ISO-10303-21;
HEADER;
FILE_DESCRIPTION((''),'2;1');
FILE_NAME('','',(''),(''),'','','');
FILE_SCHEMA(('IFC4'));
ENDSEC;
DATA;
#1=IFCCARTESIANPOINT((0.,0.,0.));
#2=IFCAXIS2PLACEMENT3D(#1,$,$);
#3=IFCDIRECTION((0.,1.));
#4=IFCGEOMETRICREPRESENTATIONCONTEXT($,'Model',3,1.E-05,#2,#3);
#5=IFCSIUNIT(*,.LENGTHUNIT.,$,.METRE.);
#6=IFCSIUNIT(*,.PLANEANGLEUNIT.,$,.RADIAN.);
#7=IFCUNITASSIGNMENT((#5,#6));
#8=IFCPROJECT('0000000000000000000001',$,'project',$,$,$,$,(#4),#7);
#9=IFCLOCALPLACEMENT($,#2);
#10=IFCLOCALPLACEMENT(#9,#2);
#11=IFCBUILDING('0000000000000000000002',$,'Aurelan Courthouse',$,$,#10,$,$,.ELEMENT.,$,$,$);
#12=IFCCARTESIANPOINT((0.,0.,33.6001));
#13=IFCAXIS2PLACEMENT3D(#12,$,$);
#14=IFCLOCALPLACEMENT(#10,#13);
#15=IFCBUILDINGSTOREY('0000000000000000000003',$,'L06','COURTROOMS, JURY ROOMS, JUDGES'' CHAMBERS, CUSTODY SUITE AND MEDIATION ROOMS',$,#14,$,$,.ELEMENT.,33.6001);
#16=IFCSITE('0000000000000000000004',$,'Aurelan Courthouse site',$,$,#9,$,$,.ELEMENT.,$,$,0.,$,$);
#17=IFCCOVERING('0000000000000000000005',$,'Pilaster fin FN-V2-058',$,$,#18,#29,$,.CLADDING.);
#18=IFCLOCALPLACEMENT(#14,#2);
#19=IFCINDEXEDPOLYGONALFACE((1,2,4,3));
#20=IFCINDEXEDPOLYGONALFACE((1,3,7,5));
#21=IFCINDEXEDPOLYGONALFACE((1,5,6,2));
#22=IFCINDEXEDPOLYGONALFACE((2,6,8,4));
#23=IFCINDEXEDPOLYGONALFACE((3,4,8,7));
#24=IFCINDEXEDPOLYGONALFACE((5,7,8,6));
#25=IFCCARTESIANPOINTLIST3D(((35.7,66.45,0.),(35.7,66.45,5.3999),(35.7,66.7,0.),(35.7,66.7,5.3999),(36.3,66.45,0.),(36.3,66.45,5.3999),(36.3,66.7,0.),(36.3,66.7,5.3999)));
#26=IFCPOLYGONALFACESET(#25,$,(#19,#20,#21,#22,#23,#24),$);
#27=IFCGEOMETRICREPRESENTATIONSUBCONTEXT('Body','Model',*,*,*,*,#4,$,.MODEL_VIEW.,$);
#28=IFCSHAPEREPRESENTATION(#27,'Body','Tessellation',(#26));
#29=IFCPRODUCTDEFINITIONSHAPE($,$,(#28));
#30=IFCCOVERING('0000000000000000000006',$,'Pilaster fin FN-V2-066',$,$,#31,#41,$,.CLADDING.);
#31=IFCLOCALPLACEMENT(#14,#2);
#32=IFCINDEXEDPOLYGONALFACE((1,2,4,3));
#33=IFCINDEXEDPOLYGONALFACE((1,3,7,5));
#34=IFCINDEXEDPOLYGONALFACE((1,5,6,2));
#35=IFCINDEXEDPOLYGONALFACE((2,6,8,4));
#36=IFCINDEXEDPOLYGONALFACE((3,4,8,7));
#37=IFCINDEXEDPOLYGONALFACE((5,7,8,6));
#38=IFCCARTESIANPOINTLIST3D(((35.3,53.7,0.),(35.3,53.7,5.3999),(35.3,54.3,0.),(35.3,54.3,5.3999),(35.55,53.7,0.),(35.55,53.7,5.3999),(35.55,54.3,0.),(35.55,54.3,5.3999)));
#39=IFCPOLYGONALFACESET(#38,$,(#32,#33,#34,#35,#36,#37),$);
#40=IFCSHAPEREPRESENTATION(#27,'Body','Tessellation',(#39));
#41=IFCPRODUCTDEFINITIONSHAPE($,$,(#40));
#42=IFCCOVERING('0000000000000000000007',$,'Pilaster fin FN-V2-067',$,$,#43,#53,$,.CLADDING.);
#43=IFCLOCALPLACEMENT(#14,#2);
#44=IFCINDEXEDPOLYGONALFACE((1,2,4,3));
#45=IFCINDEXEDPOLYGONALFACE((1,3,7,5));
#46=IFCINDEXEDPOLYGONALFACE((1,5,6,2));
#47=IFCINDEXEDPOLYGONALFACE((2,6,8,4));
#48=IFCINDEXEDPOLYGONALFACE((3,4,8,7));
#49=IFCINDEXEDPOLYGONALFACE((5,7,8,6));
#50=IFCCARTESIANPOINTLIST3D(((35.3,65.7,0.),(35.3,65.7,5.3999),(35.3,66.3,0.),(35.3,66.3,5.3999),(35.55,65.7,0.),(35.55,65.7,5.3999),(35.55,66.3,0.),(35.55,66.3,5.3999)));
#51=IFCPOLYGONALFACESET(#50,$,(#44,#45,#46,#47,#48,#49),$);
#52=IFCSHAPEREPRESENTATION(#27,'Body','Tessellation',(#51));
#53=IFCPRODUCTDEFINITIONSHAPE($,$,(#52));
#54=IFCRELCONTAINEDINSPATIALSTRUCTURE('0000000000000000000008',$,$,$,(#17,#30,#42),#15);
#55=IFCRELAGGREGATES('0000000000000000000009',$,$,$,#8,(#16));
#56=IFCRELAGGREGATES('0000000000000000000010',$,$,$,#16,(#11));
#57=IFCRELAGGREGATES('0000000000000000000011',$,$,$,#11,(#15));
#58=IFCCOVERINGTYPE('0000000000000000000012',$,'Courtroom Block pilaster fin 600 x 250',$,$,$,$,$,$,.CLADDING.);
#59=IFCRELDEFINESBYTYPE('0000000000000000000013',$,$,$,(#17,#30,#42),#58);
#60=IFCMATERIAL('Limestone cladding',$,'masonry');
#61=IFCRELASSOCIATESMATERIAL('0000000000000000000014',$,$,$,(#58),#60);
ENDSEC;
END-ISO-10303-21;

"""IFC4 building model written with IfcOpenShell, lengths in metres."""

from ifc_helpers import new_model, si_unit, direction, frame, origin, origin_2d, place, context, subcontext, project, spatial, rectangle, extrude, material, type_object, element, save


model = new_model("IFC4")

# Units and contexts
model_context = context("Model", 3, precision=1e-05, world=origin(), true_north=direction((0.0, 1.0)))
body_context = subcontext(model_context, "Body", "Model", "MODEL_VIEW")
ifc_project = project(units=[si_unit("LENGTHUNIT", "METRE"), si_unit("PLANEANGLEUNIT", "RADIAN")], contexts=[model_context])

# Site, building, storey
site_placement = place(None, origin())
site = spatial("IfcSite", under=ifc_project, at=site_placement, Name="Aurelan Courthouse site", CompositionType="ELEMENT", RefElevation=0.0)
building_placement = place(site_placement, origin())
building = spatial("IfcBuilding", under=site, at=building_placement, Name="Aurelan Courthouse", CompositionType="ELEMENT")
storey_placement = place(building_placement, frame((0.0, 0.0, 33.6001)))
storey = spatial("IfcBuildingStorey", under=building, at=storey_placement, Name="L06", Description="COURTROOMS, JURY ROOMS, JUDGES' CHAMBERS, CUSTODY SUITE AND MEDIATION ROOMS", CompositionType="ELEMENT", Elevation=33.6001)

# Shared definitions
ifc_material_1 = material(Name="Limestone cladding", Category="masonry")

# Coverings
covering_type_1 = type_object("IfcCoveringType", Name="Courtroom Block pilaster fin 600 x 250", PredefinedType="CLADDING", material=ifc_material_1)
covering_placement = place(storey_placement, frame((36.0, 66.575, 0.0), z_axis=(0.0, 0.0, 1.0), x_axis=(1.0, 0.0, 0.0)))
element("IfcCovering", 1, at=covering_placement, inside=storey, type_object=covering_type_1, Name="Pilaster fin FN-V2-058", PredefinedType="CLADDING", context=body_context, shape_type="SweptSolid", body=[
    extrude(rectangle(XDim=0.6001, YDim=0.25, at=origin_2d()), origin(), (0.0, 0.0, 1.0), 5.3999),
])
for number, where, z_axis, x_axis, name in (
    (2, (35.425, 54.0, 0.0), (0.0, 0.0, 1.0), (1.0, 0.0, 0.0), "Pilaster fin FN-V2-066"),
    (3, (35.425, 66.0, 0.0), (0.0, 0.0, 1.0), (1.0, 0.0, 0.0), "Pilaster fin FN-V2-067"),
):
    element("IfcCovering", number, at=place(storey_placement, frame(where, z_axis=z_axis, x_axis=x_axis)), inside=storey, type_object=covering_type_1, Name=name, PredefinedType="CLADDING", context=body_context, shape_type="SweptSolid", body=[
        extrude(rectangle(XDim=0.25, YDim=0.6001, at=origin_2d()), origin(), (0.0, 0.0, 1.0), 5.3999),
    ])

save(model, "model.ifc")
